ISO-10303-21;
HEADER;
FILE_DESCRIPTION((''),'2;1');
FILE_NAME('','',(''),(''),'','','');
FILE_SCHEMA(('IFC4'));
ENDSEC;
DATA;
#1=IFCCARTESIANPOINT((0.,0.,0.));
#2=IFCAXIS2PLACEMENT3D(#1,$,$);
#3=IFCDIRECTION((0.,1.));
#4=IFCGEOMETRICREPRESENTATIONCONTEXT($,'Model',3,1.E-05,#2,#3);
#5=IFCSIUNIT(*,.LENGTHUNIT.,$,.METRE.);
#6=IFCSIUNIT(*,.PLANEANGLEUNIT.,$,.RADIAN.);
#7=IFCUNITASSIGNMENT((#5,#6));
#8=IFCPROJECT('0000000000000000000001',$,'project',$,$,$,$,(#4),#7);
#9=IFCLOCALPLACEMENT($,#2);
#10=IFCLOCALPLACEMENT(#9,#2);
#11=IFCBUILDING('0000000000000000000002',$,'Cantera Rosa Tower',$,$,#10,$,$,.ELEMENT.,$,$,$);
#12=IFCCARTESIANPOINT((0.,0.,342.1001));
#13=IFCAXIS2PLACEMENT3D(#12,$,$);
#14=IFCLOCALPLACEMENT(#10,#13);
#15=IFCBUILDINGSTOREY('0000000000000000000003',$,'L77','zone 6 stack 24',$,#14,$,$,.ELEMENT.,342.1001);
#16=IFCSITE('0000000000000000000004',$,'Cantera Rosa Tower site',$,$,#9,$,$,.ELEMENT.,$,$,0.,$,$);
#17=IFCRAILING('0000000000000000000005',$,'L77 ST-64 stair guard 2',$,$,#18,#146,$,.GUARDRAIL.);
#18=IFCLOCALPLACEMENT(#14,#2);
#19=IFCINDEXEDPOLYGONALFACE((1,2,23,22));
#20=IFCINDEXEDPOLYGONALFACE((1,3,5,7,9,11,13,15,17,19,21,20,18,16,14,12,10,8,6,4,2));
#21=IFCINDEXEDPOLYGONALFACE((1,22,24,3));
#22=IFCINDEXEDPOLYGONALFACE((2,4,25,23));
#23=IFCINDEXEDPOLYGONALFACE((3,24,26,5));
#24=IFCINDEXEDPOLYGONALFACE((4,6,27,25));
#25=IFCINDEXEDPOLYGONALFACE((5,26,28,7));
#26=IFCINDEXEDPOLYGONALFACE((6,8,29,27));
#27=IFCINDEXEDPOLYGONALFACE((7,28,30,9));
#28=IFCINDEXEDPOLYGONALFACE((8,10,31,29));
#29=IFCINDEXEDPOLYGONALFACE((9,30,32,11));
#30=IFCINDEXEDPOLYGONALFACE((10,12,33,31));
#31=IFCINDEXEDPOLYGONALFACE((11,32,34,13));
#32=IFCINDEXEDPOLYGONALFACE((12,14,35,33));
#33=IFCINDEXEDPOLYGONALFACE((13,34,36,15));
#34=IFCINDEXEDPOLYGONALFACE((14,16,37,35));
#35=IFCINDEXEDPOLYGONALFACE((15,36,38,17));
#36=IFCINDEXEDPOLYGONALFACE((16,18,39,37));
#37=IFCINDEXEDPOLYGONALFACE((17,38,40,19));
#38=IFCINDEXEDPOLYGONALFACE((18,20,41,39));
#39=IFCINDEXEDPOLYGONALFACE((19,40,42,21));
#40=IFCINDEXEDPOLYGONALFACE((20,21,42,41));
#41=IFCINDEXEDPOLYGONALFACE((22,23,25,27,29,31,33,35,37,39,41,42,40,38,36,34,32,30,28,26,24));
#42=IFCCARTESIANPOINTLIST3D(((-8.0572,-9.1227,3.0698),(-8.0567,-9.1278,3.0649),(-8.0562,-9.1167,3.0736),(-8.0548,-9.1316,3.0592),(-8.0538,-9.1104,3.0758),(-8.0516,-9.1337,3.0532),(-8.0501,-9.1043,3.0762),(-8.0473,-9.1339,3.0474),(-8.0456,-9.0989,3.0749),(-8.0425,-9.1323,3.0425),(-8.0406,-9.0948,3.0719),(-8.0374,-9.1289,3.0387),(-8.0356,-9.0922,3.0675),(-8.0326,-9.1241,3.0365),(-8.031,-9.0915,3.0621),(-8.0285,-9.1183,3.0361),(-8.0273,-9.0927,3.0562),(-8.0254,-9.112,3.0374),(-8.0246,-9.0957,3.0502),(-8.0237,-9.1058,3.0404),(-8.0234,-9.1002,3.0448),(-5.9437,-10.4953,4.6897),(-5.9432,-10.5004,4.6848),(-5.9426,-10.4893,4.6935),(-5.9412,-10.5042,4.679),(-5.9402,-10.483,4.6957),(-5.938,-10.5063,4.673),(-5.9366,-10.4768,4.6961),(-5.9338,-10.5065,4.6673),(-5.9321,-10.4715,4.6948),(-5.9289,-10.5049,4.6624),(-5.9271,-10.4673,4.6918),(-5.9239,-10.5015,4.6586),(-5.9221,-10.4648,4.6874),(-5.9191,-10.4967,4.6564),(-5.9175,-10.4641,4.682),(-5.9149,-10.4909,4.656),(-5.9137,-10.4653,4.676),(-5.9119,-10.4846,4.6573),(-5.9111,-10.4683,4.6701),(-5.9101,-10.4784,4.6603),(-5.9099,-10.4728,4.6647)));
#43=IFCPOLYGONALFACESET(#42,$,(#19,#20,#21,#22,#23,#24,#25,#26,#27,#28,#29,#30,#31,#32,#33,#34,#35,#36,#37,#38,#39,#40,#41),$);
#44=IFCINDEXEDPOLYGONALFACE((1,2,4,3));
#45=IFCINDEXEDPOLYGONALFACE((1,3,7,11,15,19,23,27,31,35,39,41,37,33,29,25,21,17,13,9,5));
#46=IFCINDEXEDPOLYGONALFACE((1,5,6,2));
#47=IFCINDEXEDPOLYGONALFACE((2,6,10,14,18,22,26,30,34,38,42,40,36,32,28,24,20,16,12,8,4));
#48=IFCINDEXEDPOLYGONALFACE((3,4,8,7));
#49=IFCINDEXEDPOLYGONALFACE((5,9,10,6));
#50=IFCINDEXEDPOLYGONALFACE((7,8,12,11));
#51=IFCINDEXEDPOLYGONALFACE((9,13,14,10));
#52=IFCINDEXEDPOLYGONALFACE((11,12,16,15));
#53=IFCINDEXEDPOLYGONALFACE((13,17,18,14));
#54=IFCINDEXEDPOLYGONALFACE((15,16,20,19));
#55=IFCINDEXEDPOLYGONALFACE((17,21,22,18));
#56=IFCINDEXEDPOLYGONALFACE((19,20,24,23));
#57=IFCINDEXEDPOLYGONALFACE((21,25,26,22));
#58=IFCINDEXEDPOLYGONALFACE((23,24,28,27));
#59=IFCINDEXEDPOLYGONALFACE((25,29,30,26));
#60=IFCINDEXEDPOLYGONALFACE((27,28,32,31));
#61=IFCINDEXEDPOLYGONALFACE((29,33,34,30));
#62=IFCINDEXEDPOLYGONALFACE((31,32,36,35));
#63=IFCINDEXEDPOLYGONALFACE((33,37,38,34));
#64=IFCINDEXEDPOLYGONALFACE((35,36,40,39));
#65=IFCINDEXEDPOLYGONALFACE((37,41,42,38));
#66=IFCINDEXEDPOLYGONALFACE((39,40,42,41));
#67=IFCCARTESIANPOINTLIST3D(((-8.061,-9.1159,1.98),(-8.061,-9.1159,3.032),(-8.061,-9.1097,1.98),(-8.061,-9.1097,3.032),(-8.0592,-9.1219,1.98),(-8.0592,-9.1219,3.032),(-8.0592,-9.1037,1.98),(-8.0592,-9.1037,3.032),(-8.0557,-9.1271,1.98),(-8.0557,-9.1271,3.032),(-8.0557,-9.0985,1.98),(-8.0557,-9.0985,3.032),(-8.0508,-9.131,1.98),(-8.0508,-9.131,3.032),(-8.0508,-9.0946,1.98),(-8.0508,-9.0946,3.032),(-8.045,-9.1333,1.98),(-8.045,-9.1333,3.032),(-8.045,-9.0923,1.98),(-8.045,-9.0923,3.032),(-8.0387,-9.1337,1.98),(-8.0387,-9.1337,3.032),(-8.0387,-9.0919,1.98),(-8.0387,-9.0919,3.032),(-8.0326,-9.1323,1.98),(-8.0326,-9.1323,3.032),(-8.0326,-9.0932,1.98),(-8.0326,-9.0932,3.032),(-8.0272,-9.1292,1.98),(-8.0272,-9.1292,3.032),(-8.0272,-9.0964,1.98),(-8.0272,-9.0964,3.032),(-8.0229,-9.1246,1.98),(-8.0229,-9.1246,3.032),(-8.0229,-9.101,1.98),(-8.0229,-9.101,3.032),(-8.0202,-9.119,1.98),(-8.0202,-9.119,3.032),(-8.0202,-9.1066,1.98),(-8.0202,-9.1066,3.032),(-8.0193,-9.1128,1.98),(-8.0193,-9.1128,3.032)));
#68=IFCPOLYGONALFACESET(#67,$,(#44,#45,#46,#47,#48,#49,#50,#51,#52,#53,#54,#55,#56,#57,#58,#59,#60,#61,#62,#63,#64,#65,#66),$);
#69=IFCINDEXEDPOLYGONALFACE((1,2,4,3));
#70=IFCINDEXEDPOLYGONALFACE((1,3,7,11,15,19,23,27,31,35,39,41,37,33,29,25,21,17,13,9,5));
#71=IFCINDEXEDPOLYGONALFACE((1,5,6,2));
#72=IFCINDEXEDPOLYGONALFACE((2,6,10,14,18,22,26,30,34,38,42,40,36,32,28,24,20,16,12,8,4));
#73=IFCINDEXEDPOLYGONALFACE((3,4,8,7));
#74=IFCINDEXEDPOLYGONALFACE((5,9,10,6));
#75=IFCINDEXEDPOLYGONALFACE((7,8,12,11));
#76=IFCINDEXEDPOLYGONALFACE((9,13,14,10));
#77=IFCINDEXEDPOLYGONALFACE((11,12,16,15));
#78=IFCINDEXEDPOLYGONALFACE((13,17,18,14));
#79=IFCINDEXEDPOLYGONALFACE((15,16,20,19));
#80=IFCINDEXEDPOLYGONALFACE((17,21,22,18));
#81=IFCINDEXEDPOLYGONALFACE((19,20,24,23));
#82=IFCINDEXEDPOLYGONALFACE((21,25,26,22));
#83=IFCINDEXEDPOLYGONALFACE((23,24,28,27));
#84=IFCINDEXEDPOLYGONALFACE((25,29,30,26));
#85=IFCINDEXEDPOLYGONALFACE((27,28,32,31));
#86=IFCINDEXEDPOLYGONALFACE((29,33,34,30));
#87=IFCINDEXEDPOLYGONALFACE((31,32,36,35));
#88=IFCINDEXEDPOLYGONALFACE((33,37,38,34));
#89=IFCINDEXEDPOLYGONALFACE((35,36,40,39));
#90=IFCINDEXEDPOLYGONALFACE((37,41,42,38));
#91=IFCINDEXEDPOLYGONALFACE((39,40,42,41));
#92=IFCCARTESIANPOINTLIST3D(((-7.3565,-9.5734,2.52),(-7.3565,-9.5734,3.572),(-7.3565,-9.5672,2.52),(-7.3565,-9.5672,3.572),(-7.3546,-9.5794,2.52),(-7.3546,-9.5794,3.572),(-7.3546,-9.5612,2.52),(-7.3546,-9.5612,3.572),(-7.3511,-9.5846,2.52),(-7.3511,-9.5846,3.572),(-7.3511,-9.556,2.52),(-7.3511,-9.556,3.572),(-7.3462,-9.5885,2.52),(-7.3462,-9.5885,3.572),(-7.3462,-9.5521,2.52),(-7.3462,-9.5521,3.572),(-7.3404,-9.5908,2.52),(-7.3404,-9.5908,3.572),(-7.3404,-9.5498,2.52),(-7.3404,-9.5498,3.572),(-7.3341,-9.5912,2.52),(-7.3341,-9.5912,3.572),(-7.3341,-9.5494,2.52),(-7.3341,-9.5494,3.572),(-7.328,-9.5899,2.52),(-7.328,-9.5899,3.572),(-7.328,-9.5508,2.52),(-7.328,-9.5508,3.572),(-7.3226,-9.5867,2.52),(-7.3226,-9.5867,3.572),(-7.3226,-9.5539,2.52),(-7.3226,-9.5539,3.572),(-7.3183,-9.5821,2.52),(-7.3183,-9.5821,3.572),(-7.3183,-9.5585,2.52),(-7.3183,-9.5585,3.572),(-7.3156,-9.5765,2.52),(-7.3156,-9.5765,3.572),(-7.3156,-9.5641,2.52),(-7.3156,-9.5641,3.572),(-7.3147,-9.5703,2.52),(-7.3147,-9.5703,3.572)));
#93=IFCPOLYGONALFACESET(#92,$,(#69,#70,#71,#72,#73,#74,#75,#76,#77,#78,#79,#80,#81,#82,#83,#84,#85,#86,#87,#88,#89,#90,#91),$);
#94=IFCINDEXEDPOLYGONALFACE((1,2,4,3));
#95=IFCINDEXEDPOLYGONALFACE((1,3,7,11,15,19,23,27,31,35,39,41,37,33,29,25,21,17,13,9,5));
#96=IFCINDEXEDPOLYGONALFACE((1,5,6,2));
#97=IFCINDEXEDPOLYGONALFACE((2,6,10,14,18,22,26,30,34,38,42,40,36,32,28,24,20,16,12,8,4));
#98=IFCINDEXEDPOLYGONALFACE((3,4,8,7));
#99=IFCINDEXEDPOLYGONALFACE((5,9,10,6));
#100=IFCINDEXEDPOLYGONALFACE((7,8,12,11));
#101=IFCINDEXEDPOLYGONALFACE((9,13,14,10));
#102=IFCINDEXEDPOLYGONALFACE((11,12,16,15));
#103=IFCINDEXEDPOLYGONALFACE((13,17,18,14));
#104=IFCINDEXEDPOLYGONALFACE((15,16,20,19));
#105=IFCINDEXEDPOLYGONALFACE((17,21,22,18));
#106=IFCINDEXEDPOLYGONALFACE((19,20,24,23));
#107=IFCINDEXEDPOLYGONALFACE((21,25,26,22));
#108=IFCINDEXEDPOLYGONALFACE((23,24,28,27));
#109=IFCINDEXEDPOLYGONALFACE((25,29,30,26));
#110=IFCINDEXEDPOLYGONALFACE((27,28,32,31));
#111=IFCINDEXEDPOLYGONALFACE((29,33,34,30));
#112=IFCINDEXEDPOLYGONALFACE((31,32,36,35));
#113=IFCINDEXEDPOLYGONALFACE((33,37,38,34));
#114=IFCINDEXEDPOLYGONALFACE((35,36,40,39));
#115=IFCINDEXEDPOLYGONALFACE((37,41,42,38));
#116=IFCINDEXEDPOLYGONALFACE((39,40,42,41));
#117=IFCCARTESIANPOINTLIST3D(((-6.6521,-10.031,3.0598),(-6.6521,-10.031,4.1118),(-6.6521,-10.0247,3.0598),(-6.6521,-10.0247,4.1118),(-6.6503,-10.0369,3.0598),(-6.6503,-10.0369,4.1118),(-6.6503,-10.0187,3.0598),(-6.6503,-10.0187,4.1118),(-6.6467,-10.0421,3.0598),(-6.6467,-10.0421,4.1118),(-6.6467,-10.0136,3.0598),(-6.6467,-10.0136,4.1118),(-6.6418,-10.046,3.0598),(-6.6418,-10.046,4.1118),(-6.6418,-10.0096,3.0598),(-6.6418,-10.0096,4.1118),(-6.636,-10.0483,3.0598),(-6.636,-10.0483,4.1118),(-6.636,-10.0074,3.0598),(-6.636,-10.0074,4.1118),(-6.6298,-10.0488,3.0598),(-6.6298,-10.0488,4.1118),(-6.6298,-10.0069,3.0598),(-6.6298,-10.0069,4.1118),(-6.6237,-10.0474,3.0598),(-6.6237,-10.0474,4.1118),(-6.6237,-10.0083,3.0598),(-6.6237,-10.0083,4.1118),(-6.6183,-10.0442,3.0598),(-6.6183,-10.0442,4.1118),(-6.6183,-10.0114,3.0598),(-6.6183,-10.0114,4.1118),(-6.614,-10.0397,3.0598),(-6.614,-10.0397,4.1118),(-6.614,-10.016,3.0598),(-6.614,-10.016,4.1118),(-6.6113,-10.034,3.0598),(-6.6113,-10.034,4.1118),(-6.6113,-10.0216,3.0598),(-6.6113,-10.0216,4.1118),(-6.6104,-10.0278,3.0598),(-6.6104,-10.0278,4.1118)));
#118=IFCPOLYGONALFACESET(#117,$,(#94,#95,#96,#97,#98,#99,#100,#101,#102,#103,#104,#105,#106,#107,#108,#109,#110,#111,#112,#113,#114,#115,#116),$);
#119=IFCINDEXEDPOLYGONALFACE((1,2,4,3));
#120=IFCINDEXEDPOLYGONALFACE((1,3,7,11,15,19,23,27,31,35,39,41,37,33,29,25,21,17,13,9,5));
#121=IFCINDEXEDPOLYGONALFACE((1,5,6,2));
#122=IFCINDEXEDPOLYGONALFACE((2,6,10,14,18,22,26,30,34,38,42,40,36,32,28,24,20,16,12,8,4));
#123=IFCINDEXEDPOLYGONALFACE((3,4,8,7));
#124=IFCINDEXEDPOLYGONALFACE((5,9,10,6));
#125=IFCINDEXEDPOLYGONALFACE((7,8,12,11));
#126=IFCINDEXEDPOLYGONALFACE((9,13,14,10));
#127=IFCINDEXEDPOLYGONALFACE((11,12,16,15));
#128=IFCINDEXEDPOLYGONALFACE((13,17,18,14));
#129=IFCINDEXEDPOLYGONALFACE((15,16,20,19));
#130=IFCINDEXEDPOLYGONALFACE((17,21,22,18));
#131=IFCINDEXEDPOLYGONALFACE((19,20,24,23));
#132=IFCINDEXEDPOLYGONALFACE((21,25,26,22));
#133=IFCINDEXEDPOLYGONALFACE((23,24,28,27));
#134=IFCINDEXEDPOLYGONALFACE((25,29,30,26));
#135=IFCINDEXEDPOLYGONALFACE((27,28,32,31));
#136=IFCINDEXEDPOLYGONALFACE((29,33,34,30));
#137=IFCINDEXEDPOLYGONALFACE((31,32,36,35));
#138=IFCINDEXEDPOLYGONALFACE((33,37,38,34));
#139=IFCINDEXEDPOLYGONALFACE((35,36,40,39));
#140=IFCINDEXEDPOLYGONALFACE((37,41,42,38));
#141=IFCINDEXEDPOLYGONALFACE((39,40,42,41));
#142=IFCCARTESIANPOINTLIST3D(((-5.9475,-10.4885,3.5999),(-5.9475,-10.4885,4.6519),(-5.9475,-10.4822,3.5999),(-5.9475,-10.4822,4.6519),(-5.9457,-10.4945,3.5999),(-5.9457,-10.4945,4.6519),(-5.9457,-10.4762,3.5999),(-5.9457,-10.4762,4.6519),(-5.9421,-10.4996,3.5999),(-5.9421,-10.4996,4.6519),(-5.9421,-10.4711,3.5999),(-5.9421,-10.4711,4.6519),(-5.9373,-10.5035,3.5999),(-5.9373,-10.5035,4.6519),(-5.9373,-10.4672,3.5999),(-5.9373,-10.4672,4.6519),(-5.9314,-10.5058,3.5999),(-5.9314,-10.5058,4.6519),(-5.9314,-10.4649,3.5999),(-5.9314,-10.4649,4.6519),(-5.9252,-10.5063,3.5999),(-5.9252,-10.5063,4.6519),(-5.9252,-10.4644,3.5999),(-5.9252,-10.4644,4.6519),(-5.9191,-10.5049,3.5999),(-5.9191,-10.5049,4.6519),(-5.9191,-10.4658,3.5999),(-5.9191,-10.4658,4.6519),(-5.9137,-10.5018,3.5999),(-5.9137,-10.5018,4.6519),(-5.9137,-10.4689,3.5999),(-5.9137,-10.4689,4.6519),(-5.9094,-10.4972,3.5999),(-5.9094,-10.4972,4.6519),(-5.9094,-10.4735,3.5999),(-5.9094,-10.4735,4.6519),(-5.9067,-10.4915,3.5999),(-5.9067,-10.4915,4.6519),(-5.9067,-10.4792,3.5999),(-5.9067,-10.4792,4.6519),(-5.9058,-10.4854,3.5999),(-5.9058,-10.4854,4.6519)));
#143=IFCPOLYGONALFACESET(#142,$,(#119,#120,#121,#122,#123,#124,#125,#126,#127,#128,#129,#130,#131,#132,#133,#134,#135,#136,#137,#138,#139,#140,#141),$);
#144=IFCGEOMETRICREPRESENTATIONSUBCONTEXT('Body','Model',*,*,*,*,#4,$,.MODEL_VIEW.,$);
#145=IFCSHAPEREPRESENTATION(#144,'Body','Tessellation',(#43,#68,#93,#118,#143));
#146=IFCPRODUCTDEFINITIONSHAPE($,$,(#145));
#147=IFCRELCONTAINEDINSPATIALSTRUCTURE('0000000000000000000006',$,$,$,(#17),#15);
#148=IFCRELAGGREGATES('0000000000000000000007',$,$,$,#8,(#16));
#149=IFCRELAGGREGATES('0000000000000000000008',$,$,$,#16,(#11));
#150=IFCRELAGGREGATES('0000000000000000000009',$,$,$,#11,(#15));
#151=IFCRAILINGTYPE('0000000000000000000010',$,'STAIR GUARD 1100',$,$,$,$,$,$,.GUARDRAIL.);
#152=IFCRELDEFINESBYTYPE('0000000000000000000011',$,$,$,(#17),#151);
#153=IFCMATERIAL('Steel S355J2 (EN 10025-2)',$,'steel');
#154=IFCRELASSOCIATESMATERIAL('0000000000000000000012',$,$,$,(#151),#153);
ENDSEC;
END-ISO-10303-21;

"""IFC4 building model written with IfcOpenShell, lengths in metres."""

from ifc_helpers import new_model, si_unit, direction, frame, origin, origin_2d, place, context, subcontext, project, spatial, circle, extrude, material, type_object, element, save


model = new_model("IFC4")

# Units and contexts
model_context = context("Model", 3, precision=1e-05, world=origin(), true_north=direction((0.0, 1.0)))
body_context = subcontext(model_context, "Body", "Model", "MODEL_VIEW")
ifc_project = project(units=[si_unit("LENGTHUNIT", "METRE"), si_unit("PLANEANGLEUNIT", "RADIAN")], contexts=[model_context])

# Site, building, storey
site_placement = place(None, origin())
site = spatial("IfcSite", under=ifc_project, at=site_placement, Name="Cantera Rosa Tower site", CompositionType="ELEMENT", RefElevation=0.0)
building_placement = place(site_placement, origin())
building = spatial("IfcBuilding", under=site, at=building_placement, Name="Cantera Rosa Tower", CompositionType="ELEMENT")
storey_placement = place(building_placement, frame((0.0, 0.0, 342.1001)))
storey = spatial("IfcBuildingStorey", under=building, at=storey_placement, Name="L77", Description="zone 6 stack 24", CompositionType="ELEMENT", Elevation=342.1001)

# Railing
ifc_material_1 = material(Name="Steel S355J2 (EN 10025-2)", Category="steel")
railing_type_1 = type_object("IfcRailingType", Name="STAIR GUARD 1100", PredefinedType="GUARDRAIL", material=ifc_material_1)
railing_1_placement = place(storey_placement, frame((-8.0403, -9.1128, 1.98)))
element("IfcRailing", 1, at=railing_1_placement, inside=storey, type_object=railing_type_1, Name="L77 ST-64 stair guard 2", PredefinedType="GUARDRAIL", context=body_context, shape_type="SweptSolid", body=[
    extrude(circle(Radius=0.0239, at=origin_2d()), frame((0.0, 0.0, 1.0762), z_axis=(0.705493, -0.458159, 0.540712), x_axis=(0.544644, 0.838667, 0.0)), (0.0, 0.0, 1.0), 2.9958),
    extrude(circle(Radius=0.021, at=origin_2d()), origin(), (0.0, 0.0, 1.0), 1.052),
    extrude(circle(Radius=0.021, at=origin_2d()), frame((0.7046, -0.4575, 0.54)), (0.0, 0.0, 1.0), 1.052),
    extrude(circle(Radius=0.021, at=origin_2d()), frame((1.4089, -0.915, 1.0798)), (0.0, 0.0, 1.0), 1.052),
    extrude(circle(Radius=0.021, at=origin_2d()), frame((2.1135, -1.3726, 1.6199)), (0.0, 0.0, 1.0), 1.052),
])

save(model, "model.ifc")
